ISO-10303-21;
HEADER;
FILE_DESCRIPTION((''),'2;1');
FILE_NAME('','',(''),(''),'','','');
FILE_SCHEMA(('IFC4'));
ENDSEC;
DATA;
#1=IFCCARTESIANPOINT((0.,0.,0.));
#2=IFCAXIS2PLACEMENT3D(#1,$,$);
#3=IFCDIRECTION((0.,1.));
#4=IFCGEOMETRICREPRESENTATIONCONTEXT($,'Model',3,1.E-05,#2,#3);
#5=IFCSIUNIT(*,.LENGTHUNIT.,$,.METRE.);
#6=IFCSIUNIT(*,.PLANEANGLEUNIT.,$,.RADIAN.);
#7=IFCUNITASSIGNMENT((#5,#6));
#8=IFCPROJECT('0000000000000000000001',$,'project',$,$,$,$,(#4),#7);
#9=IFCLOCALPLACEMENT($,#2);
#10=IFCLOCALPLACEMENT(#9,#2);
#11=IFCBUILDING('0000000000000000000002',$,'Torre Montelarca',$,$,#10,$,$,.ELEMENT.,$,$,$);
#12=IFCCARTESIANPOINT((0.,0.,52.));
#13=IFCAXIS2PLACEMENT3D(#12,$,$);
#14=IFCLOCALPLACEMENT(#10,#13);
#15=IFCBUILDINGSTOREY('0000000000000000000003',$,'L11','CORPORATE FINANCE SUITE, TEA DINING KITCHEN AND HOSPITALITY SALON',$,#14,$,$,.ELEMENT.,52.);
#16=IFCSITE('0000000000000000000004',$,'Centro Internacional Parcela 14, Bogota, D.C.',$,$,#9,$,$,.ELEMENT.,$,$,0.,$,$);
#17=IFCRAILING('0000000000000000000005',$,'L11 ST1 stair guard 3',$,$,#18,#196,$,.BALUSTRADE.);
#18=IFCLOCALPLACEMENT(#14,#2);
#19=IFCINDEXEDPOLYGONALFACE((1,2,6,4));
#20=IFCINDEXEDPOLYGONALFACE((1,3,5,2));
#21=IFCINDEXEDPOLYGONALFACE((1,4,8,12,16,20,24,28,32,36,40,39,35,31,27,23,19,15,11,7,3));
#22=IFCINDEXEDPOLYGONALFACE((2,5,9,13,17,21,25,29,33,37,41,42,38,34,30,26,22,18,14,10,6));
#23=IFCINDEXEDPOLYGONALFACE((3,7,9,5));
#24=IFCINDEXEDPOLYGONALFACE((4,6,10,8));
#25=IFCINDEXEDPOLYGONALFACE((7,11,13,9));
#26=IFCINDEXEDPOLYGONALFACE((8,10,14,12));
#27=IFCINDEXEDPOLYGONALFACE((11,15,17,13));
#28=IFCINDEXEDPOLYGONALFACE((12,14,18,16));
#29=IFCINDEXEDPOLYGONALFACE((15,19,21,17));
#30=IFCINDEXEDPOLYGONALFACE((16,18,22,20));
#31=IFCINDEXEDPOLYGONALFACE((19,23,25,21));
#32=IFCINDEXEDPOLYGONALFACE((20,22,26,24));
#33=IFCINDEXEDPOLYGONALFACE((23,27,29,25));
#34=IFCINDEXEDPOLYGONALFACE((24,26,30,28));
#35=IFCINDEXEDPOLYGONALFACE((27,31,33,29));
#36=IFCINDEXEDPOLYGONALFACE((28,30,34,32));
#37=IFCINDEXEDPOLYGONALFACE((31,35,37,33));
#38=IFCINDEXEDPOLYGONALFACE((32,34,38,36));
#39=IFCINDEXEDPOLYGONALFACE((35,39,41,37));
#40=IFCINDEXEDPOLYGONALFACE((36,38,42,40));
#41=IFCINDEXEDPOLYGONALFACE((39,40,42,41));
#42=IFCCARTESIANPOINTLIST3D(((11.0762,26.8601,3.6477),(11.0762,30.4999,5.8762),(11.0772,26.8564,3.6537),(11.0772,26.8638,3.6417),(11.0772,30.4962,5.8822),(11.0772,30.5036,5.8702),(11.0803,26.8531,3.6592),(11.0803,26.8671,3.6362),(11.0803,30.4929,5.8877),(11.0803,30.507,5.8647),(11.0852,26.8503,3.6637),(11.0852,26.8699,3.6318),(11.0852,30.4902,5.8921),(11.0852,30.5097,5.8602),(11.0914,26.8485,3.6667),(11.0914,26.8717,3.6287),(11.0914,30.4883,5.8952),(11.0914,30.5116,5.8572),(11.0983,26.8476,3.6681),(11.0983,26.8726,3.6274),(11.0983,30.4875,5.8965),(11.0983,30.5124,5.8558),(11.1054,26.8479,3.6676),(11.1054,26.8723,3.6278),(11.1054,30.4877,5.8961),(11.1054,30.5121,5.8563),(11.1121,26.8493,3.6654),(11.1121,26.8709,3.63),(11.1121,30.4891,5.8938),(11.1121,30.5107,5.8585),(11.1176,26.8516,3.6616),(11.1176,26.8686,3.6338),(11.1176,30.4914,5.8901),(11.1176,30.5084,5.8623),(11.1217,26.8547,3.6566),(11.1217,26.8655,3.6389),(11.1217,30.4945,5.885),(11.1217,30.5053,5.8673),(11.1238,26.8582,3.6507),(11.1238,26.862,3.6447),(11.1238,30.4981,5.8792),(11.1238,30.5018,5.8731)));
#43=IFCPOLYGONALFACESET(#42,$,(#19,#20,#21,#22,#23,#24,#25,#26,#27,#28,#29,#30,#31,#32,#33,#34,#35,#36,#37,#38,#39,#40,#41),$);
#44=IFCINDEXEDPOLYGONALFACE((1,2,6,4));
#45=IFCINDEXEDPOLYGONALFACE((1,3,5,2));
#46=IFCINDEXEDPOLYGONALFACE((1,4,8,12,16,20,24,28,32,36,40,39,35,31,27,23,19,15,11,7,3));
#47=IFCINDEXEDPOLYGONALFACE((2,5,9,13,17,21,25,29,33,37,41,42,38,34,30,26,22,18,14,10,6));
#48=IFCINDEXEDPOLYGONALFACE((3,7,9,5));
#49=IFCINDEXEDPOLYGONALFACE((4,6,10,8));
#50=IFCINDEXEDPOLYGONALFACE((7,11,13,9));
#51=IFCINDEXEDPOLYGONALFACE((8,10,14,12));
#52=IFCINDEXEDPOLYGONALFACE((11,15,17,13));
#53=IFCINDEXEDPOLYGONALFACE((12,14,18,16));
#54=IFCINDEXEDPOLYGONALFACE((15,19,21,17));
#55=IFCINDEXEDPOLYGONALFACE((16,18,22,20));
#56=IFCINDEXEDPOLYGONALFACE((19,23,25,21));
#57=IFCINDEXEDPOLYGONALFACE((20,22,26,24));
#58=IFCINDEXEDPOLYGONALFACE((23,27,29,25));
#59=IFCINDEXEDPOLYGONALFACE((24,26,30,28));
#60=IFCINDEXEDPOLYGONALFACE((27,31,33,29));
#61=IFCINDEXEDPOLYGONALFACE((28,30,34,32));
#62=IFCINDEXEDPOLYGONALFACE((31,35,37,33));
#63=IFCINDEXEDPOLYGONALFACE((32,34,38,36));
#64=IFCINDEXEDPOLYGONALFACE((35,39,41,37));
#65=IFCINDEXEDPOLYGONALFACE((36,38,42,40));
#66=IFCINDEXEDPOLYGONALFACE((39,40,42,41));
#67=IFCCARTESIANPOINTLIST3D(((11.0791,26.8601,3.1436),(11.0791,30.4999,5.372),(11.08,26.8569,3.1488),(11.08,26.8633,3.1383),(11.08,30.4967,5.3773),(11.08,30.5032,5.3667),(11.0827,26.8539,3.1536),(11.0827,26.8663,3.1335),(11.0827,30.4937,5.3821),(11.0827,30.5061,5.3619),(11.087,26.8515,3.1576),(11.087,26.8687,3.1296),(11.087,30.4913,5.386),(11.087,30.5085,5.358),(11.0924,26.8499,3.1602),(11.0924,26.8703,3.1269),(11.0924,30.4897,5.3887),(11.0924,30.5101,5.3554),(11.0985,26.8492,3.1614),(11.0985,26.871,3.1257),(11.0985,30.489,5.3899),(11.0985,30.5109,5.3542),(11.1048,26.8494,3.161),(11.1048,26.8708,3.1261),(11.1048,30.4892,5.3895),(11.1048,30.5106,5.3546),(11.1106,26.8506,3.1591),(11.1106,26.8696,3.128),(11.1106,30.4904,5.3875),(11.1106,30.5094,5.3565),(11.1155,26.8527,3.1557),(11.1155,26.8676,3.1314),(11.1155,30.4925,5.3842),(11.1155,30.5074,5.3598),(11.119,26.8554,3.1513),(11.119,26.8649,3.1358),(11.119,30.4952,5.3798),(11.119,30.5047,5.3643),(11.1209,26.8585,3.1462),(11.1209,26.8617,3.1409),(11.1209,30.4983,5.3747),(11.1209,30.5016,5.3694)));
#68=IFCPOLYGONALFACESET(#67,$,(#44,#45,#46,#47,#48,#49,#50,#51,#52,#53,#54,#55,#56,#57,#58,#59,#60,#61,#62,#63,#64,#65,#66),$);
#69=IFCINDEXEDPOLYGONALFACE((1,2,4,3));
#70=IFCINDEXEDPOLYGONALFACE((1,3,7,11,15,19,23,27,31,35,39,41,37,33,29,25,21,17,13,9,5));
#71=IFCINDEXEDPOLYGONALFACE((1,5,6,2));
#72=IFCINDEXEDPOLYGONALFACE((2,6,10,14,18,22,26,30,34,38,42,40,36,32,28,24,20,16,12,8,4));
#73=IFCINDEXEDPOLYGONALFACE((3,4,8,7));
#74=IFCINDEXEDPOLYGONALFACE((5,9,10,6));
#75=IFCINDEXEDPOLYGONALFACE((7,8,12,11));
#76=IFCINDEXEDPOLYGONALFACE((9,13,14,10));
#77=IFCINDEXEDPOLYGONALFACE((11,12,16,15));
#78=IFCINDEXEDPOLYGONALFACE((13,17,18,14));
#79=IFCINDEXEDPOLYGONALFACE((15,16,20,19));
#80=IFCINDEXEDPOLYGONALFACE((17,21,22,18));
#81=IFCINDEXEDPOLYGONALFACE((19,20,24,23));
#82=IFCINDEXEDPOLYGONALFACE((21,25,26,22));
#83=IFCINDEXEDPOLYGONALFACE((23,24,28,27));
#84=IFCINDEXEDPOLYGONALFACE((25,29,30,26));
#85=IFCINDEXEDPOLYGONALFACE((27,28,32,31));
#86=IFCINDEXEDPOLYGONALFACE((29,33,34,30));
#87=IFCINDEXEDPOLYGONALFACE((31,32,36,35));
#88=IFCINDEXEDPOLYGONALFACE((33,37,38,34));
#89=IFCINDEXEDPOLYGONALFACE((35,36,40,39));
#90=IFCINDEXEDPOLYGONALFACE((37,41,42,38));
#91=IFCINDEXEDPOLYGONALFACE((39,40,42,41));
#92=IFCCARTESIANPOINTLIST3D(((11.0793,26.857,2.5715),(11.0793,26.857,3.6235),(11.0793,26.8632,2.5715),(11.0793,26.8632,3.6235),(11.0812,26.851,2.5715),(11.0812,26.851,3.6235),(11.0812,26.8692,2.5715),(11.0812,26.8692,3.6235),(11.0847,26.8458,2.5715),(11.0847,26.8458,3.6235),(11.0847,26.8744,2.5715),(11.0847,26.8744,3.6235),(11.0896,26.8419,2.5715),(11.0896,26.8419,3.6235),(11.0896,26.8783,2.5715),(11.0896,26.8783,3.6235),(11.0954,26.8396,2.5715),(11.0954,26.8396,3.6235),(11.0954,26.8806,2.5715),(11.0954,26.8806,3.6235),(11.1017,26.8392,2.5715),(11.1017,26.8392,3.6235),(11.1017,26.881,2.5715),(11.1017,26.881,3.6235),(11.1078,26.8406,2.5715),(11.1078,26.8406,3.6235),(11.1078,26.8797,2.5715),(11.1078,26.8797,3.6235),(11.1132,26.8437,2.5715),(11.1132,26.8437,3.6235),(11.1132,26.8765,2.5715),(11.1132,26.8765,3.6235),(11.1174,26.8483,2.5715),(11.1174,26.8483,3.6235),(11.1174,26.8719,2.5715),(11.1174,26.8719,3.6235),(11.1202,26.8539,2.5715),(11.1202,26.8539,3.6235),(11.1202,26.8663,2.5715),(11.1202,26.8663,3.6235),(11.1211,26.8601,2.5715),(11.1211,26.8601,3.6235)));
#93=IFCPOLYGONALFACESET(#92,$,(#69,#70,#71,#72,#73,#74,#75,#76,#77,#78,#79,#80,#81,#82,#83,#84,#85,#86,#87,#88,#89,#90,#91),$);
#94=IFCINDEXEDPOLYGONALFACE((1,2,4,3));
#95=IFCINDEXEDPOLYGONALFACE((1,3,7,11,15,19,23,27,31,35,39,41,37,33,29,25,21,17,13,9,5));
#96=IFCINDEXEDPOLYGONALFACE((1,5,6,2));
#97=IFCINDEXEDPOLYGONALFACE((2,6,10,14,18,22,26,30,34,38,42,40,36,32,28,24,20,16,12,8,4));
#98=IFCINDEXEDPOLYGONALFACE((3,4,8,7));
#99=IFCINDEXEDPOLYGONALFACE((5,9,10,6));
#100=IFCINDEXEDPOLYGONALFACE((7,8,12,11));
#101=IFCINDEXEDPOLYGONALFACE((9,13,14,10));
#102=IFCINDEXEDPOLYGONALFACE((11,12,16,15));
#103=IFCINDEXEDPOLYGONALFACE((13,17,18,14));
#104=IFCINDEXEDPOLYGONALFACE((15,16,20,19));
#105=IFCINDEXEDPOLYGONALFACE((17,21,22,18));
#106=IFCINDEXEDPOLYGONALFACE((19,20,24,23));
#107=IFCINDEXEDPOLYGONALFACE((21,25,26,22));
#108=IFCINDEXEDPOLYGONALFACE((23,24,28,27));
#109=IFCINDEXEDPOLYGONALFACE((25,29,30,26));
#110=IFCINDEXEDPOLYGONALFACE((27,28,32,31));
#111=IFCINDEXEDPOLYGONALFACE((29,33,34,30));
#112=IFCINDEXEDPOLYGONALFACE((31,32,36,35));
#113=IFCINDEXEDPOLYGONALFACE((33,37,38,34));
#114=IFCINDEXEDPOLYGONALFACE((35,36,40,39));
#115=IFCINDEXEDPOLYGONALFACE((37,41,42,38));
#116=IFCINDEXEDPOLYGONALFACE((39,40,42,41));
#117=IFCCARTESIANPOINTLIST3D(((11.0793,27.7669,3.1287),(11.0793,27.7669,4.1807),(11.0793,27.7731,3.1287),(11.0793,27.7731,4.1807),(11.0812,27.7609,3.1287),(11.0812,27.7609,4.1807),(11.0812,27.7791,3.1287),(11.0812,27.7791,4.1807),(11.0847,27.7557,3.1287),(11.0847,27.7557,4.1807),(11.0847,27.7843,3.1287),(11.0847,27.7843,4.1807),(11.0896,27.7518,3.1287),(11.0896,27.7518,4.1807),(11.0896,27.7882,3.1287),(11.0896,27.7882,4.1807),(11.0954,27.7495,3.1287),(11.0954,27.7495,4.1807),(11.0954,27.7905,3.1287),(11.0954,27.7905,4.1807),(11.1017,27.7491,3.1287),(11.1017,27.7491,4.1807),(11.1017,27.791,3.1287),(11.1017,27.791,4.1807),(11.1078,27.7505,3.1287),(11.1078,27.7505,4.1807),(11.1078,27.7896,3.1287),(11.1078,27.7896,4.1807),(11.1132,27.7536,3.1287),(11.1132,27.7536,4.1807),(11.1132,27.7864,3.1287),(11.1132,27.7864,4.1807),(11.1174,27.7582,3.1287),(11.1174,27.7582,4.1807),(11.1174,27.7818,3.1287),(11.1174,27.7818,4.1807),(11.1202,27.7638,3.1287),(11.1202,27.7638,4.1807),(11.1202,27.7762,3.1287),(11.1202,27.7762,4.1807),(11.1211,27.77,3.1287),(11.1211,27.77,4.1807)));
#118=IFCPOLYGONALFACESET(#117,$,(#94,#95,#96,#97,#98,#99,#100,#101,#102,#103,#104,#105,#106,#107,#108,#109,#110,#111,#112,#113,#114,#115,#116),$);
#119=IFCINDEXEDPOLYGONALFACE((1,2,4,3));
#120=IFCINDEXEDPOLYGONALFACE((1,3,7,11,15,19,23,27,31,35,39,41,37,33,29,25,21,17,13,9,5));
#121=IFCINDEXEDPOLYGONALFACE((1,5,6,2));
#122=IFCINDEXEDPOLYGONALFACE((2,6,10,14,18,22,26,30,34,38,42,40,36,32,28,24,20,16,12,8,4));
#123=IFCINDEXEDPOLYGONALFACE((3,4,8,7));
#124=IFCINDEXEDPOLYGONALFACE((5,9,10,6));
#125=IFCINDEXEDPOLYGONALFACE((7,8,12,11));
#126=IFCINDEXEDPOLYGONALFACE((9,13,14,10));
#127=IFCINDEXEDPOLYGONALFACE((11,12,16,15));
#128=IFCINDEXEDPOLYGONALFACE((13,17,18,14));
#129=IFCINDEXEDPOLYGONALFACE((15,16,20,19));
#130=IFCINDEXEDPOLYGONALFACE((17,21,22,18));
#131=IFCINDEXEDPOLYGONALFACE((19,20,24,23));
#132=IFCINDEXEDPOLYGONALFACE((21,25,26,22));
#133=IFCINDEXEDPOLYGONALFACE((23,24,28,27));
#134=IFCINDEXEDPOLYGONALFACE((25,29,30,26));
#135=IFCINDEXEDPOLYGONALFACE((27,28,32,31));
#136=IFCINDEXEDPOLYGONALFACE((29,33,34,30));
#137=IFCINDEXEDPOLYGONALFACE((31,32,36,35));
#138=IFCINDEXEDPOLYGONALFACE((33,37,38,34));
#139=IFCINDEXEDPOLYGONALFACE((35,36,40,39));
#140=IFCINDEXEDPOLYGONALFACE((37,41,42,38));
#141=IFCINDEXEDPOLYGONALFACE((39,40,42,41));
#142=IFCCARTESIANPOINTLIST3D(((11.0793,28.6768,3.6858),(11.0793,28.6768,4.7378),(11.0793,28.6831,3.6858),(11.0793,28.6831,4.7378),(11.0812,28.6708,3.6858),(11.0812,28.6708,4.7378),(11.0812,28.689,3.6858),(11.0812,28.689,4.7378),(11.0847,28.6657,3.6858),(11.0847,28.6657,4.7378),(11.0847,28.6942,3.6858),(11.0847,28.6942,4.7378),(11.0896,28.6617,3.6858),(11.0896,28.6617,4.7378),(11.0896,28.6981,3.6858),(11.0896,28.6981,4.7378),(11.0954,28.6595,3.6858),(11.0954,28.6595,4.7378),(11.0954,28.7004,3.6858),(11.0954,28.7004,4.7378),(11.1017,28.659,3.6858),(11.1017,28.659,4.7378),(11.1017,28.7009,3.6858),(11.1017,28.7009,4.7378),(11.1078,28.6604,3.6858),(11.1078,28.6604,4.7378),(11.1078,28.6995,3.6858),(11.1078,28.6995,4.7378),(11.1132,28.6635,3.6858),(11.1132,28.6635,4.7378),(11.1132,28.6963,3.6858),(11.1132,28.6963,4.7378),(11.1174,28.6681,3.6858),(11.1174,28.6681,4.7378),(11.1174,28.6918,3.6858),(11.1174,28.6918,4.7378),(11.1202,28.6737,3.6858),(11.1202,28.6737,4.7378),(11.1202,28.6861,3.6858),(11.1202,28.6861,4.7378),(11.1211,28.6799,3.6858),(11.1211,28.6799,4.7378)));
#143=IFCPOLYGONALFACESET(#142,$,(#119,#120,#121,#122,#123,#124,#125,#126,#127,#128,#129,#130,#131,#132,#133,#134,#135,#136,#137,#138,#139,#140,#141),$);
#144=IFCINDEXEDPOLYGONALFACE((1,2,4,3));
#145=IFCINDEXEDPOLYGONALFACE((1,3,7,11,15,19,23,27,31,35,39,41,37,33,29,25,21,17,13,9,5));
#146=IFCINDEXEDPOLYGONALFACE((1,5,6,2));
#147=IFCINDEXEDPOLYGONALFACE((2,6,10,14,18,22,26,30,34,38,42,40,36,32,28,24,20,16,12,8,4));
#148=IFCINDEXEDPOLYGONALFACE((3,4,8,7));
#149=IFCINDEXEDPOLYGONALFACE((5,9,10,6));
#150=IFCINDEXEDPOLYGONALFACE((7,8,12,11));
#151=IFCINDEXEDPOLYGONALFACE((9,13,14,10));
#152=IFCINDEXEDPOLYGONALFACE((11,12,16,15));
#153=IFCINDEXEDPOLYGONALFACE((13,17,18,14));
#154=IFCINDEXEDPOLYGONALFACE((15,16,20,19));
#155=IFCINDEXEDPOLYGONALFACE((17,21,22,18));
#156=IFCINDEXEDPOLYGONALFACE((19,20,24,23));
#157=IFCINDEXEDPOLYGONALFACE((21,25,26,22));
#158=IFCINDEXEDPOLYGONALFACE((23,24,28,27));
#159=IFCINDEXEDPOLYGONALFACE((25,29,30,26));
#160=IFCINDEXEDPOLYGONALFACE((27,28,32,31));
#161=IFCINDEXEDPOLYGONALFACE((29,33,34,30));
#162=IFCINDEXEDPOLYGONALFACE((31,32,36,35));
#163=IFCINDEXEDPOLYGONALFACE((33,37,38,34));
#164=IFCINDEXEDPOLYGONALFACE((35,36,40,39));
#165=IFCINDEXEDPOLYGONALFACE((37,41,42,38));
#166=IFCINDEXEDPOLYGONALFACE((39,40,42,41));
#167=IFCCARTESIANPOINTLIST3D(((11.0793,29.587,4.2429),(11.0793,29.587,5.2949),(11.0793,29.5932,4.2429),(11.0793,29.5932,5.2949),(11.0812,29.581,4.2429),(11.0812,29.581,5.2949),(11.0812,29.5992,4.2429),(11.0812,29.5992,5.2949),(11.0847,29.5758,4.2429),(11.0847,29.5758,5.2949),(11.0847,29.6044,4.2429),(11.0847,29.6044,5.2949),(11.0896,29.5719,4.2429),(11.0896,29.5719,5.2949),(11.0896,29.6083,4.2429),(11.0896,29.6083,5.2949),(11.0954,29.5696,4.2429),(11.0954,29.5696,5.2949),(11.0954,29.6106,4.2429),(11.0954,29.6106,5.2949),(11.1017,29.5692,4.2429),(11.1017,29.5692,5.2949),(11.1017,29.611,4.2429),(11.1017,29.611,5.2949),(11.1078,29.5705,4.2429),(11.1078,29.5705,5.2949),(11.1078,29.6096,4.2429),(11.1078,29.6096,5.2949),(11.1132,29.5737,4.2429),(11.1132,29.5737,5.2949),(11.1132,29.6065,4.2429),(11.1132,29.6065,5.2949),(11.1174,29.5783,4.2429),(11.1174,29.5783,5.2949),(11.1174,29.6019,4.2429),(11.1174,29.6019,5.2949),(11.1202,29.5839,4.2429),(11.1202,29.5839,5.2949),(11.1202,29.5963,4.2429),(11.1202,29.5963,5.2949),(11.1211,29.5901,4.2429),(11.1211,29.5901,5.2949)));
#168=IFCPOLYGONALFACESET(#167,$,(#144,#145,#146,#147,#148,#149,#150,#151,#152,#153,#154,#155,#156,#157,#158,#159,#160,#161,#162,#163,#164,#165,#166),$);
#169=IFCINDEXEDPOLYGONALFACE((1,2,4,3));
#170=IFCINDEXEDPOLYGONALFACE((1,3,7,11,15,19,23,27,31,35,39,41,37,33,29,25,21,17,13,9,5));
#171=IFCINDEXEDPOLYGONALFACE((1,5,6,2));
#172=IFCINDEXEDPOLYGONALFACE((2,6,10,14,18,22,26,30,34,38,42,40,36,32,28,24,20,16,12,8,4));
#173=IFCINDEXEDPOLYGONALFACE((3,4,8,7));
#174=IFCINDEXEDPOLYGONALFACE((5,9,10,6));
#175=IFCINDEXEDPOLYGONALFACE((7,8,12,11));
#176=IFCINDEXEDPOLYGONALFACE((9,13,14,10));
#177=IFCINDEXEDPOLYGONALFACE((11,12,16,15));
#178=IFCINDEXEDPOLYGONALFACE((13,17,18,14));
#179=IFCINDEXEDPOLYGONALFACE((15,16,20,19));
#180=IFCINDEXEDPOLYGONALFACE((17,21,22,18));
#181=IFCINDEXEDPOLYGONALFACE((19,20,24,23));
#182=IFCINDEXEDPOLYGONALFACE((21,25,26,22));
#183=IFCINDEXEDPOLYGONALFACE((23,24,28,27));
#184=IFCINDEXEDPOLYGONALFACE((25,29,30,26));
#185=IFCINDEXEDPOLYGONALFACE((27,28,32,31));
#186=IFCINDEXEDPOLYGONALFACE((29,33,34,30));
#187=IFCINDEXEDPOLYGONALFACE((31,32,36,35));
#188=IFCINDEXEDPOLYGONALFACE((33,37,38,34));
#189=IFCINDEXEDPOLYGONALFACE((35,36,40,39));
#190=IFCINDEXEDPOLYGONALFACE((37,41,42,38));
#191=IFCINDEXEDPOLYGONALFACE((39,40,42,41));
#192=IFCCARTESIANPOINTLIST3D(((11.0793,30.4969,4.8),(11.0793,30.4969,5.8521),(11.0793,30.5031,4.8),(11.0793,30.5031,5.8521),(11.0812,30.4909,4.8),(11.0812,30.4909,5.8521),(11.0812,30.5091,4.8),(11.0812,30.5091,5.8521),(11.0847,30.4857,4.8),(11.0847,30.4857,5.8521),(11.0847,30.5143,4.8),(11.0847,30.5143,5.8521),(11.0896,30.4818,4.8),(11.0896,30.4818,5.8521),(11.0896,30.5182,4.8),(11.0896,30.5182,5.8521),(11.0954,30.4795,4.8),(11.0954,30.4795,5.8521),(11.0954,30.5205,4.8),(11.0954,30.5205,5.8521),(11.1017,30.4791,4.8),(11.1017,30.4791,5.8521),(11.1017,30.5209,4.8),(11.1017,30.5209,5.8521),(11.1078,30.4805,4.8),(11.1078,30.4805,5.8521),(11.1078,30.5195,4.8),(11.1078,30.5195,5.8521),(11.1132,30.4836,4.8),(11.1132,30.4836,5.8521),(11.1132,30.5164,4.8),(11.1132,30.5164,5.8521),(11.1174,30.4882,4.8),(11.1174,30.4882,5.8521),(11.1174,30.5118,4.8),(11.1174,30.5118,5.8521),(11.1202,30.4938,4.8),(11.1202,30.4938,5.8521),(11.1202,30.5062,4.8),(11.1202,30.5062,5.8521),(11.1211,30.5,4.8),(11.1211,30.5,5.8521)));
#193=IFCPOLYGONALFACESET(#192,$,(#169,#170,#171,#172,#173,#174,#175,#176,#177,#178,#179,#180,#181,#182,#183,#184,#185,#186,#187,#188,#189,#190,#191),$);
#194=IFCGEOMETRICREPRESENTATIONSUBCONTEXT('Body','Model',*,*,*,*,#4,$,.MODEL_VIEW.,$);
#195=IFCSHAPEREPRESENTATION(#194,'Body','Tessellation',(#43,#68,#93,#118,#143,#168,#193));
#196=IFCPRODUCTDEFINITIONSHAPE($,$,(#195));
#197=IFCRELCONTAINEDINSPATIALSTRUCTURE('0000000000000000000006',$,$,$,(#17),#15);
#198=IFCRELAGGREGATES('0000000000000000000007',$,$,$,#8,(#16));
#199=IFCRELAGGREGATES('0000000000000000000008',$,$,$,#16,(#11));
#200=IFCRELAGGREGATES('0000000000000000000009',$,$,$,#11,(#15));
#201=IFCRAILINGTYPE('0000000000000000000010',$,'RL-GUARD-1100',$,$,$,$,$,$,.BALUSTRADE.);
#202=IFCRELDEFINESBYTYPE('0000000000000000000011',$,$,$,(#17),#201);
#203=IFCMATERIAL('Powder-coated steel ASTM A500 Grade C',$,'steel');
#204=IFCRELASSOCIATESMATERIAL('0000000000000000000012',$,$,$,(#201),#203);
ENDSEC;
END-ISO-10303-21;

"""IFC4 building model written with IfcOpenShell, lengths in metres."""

from ifc_helpers import new_model, si_unit, direction, frame, origin, origin_2d, place, context, subcontext, project, spatial, circle, extrude, material, type_object, element, save


model = new_model("IFC4")

# Units and contexts
model_context = context("Model", 3, precision=1e-05, world=origin(), true_north=direction((0.0, 1.0)))
body_context = subcontext(model_context, "Body", "Model", "MODEL_VIEW")
ifc_project = project(units=[si_unit("LENGTHUNIT", "METRE"), si_unit("PLANEANGLEUNIT", "RADIAN")], contexts=[model_context])

# Site, building, storey
site_placement = place(None, origin())
site = spatial("IfcSite", under=ifc_project, at=site_placement, Name="Centro Internacional Parcela 14, Bogota, D.C.", CompositionType="ELEMENT", RefElevation=0.0)
building_placement = place(site_placement, origin())
building = spatial("IfcBuilding", under=site, at=building_placement, Name="Torre Montelarca", CompositionType="ELEMENT")
storey_placement = place(building_placement, frame((0.0, 0.0, 52.0)))
storey = spatial("IfcBuildingStorey", under=building, at=storey_placement, Name="L11", Description="CORPORATE FINANCE SUITE, TEA DINING KITCHEN AND HOSPITALITY SALON", CompositionType="ELEMENT", Elevation=52.0)

# Railing
ifc_material_1 = material(Name="Powder-coated steel ASTM A500 Grade C", Category="steel")
railing_type_1 = type_object("IfcRailingType", Name="RL-GUARD-1100", PredefinedType="BALUSTRADE", material=ifc_material_1)
railing_1_placement = place(storey_placement, frame((11.1001, 26.8601, 2.5715)))
element("IfcRailing", 1, at=railing_1_placement, inside=storey, type_object=railing_type_1, Name="L11 ST1 stair guard 3", PredefinedType="BALUSTRADE", context=body_context, shape_type="SweptSolid", body=[
    extrude(circle(Radius=0.0239, at=origin_2d()), frame((0.0, 0.0, 1.0762), z_axis=(0.0, 0.85285, 0.522156), x_axis=(-1.0, 0.0, 0.0)), (0.0, 0.0, 1.0), 4.2678),
    extrude(circle(Radius=0.021, at=origin_2d()), frame((0.0, 0.0, 0.572), z_axis=(0.0, 0.85285, 0.522156), x_axis=(-1.0, 0.0, 0.0)), (0.0, 0.0, 1.0), 4.2678),
    extrude(circle(Radius=0.021, at=origin_2d()), origin(), (0.0, 0.0, 1.0), 1.052),
    extrude(circle(Radius=0.021, at=origin_2d()), frame((0.0, 0.9099, 0.5571)), (0.0, 0.0, 1.0), 1.052),
    extrude(circle(Radius=0.021, at=origin_2d()), frame((0.0, 1.8198, 1.1143)), (0.0, 0.0, 1.0), 1.052),
    extrude(circle(Radius=0.021, at=origin_2d()), frame((0.0, 2.73, 1.6714)), (0.0, 0.0, 1.0), 1.052),
    extrude(circle(Radius=0.021, at=origin_2d()), frame((0.0, 3.6399, 2.2285)), (0.0, 0.0, 1.0), 1.052),
])

save(model, "model.ifc")
